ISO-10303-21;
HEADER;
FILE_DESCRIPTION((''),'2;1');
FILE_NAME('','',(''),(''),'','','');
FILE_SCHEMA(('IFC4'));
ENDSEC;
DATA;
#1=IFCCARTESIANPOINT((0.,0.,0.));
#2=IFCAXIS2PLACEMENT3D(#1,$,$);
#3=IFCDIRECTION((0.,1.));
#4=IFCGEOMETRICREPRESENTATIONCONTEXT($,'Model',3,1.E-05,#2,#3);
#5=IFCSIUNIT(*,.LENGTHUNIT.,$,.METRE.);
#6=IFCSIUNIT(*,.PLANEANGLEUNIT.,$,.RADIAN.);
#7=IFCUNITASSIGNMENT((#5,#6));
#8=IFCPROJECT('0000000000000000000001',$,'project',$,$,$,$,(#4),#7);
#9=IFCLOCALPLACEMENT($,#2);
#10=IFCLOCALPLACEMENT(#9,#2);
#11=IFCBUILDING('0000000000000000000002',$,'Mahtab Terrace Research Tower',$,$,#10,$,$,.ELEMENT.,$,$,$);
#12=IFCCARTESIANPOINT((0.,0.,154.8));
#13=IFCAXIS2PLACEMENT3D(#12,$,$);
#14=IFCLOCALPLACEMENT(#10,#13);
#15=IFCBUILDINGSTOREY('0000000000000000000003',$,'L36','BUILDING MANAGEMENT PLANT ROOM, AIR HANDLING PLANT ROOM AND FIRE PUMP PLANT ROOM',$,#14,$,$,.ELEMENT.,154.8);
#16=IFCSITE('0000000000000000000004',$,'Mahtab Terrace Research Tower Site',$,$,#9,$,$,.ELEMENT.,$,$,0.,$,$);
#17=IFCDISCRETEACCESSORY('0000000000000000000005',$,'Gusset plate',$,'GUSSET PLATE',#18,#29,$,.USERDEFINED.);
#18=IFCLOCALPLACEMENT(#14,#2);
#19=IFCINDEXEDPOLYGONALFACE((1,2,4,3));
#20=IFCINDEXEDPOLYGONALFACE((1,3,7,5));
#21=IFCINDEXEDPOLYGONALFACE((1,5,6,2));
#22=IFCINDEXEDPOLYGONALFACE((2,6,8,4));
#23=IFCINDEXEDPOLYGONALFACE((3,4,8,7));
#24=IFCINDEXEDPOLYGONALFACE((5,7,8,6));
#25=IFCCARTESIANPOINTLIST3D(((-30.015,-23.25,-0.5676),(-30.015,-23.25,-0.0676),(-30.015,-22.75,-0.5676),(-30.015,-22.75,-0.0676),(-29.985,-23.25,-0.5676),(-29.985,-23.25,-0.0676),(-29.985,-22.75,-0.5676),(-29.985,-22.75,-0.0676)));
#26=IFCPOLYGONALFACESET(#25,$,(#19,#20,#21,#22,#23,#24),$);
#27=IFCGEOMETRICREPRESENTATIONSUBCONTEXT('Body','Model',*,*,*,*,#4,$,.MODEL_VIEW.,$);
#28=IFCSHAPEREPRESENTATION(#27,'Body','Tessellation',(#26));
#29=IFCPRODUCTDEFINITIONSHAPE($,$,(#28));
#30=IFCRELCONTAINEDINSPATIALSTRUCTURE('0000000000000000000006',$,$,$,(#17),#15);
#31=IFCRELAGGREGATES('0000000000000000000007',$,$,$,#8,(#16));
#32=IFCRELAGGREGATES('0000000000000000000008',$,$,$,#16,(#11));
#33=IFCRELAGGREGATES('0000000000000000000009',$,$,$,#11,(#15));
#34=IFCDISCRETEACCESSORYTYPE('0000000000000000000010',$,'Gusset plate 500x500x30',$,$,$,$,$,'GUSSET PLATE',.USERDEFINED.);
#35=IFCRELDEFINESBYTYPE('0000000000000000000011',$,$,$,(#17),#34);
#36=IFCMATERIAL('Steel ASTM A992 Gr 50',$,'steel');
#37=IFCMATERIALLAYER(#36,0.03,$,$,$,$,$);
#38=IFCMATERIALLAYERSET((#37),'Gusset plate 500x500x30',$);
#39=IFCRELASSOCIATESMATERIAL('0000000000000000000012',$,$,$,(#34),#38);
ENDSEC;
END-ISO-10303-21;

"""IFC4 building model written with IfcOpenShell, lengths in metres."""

from ifc_helpers import new_model, si_unit, direction, frame, origin, origin_2d, place, context, subcontext, project, spatial, rectangle, extrude, material, layer, layer_set, type_object, element, save


model = new_model("IFC4")

# Units and contexts
model_context = context("Model", 3, precision=1e-05, world=origin(), true_north=direction((0.0, 1.0)))
body_context = subcontext(model_context, "Body", "Model", "MODEL_VIEW")
ifc_project = project(units=[si_unit("LENGTHUNIT", "METRE"), si_unit("PLANEANGLEUNIT", "RADIAN")], contexts=[model_context])

# Site, building, storey
site_placement = place(None, origin())
site = spatial("IfcSite", under=ifc_project, at=site_placement, Name="Mahtab Terrace Research Tower Site", CompositionType="ELEMENT", RefElevation=0.0)
building_placement = place(site_placement, origin())
building = spatial("IfcBuilding", under=site, at=building_placement, Name="Mahtab Terrace Research Tower", CompositionType="ELEMENT")
storey_placement = place(building_placement, frame((0.0, 0.0, 154.8)))
storey = spatial("IfcBuildingStorey", under=building, at=storey_placement, Name="L36", Description="BUILDING MANAGEMENT PLANT ROOM, AIR HANDLING PLANT ROOM AND FIRE PUMP PLANT ROOM", CompositionType="ELEMENT", Elevation=154.8)

# Shared definitions
ifc_material_1 = material(Name="Steel ASTM A992 Gr 50", Category="steel")

# Discrete accessory
ifc_layer_1 = layer(ifc_material_1, 0.03)
ifc_layer_set_1 = layer_set([ifc_layer_1], Name="Gusset plate 500x500x30")
discrete_accessory_type = type_object("IfcDiscreteAccessoryType", Name="Gusset plate 500x500x30", ElementType="GUSSET PLATE", PredefinedType="USERDEFINED", material=ifc_layer_set_1)
for number, where, z_axis, x_axis, name in (
    (1, (-30.0, -23.0, -0.5676), (0.0, 0.0, 1.0), (0.0, 1.0, 0.0), "Gusset plate"),
):
    element("IfcDiscreteAccessory", number, at=place(storey_placement, frame(where, z_axis=z_axis, x_axis=x_axis)), inside=storey, type_object=discrete_accessory_type, Name=name, ObjectType="GUSSET PLATE", PredefinedType="USERDEFINED", context=body_context, shape_type="SweptSolid", body=[
        extrude(rectangle(XDim=0.5, YDim=0.03, at=origin_2d()), origin(), (0.0, 0.0, 1.0), 0.5),
    ])

save(model, "model.ifc")
